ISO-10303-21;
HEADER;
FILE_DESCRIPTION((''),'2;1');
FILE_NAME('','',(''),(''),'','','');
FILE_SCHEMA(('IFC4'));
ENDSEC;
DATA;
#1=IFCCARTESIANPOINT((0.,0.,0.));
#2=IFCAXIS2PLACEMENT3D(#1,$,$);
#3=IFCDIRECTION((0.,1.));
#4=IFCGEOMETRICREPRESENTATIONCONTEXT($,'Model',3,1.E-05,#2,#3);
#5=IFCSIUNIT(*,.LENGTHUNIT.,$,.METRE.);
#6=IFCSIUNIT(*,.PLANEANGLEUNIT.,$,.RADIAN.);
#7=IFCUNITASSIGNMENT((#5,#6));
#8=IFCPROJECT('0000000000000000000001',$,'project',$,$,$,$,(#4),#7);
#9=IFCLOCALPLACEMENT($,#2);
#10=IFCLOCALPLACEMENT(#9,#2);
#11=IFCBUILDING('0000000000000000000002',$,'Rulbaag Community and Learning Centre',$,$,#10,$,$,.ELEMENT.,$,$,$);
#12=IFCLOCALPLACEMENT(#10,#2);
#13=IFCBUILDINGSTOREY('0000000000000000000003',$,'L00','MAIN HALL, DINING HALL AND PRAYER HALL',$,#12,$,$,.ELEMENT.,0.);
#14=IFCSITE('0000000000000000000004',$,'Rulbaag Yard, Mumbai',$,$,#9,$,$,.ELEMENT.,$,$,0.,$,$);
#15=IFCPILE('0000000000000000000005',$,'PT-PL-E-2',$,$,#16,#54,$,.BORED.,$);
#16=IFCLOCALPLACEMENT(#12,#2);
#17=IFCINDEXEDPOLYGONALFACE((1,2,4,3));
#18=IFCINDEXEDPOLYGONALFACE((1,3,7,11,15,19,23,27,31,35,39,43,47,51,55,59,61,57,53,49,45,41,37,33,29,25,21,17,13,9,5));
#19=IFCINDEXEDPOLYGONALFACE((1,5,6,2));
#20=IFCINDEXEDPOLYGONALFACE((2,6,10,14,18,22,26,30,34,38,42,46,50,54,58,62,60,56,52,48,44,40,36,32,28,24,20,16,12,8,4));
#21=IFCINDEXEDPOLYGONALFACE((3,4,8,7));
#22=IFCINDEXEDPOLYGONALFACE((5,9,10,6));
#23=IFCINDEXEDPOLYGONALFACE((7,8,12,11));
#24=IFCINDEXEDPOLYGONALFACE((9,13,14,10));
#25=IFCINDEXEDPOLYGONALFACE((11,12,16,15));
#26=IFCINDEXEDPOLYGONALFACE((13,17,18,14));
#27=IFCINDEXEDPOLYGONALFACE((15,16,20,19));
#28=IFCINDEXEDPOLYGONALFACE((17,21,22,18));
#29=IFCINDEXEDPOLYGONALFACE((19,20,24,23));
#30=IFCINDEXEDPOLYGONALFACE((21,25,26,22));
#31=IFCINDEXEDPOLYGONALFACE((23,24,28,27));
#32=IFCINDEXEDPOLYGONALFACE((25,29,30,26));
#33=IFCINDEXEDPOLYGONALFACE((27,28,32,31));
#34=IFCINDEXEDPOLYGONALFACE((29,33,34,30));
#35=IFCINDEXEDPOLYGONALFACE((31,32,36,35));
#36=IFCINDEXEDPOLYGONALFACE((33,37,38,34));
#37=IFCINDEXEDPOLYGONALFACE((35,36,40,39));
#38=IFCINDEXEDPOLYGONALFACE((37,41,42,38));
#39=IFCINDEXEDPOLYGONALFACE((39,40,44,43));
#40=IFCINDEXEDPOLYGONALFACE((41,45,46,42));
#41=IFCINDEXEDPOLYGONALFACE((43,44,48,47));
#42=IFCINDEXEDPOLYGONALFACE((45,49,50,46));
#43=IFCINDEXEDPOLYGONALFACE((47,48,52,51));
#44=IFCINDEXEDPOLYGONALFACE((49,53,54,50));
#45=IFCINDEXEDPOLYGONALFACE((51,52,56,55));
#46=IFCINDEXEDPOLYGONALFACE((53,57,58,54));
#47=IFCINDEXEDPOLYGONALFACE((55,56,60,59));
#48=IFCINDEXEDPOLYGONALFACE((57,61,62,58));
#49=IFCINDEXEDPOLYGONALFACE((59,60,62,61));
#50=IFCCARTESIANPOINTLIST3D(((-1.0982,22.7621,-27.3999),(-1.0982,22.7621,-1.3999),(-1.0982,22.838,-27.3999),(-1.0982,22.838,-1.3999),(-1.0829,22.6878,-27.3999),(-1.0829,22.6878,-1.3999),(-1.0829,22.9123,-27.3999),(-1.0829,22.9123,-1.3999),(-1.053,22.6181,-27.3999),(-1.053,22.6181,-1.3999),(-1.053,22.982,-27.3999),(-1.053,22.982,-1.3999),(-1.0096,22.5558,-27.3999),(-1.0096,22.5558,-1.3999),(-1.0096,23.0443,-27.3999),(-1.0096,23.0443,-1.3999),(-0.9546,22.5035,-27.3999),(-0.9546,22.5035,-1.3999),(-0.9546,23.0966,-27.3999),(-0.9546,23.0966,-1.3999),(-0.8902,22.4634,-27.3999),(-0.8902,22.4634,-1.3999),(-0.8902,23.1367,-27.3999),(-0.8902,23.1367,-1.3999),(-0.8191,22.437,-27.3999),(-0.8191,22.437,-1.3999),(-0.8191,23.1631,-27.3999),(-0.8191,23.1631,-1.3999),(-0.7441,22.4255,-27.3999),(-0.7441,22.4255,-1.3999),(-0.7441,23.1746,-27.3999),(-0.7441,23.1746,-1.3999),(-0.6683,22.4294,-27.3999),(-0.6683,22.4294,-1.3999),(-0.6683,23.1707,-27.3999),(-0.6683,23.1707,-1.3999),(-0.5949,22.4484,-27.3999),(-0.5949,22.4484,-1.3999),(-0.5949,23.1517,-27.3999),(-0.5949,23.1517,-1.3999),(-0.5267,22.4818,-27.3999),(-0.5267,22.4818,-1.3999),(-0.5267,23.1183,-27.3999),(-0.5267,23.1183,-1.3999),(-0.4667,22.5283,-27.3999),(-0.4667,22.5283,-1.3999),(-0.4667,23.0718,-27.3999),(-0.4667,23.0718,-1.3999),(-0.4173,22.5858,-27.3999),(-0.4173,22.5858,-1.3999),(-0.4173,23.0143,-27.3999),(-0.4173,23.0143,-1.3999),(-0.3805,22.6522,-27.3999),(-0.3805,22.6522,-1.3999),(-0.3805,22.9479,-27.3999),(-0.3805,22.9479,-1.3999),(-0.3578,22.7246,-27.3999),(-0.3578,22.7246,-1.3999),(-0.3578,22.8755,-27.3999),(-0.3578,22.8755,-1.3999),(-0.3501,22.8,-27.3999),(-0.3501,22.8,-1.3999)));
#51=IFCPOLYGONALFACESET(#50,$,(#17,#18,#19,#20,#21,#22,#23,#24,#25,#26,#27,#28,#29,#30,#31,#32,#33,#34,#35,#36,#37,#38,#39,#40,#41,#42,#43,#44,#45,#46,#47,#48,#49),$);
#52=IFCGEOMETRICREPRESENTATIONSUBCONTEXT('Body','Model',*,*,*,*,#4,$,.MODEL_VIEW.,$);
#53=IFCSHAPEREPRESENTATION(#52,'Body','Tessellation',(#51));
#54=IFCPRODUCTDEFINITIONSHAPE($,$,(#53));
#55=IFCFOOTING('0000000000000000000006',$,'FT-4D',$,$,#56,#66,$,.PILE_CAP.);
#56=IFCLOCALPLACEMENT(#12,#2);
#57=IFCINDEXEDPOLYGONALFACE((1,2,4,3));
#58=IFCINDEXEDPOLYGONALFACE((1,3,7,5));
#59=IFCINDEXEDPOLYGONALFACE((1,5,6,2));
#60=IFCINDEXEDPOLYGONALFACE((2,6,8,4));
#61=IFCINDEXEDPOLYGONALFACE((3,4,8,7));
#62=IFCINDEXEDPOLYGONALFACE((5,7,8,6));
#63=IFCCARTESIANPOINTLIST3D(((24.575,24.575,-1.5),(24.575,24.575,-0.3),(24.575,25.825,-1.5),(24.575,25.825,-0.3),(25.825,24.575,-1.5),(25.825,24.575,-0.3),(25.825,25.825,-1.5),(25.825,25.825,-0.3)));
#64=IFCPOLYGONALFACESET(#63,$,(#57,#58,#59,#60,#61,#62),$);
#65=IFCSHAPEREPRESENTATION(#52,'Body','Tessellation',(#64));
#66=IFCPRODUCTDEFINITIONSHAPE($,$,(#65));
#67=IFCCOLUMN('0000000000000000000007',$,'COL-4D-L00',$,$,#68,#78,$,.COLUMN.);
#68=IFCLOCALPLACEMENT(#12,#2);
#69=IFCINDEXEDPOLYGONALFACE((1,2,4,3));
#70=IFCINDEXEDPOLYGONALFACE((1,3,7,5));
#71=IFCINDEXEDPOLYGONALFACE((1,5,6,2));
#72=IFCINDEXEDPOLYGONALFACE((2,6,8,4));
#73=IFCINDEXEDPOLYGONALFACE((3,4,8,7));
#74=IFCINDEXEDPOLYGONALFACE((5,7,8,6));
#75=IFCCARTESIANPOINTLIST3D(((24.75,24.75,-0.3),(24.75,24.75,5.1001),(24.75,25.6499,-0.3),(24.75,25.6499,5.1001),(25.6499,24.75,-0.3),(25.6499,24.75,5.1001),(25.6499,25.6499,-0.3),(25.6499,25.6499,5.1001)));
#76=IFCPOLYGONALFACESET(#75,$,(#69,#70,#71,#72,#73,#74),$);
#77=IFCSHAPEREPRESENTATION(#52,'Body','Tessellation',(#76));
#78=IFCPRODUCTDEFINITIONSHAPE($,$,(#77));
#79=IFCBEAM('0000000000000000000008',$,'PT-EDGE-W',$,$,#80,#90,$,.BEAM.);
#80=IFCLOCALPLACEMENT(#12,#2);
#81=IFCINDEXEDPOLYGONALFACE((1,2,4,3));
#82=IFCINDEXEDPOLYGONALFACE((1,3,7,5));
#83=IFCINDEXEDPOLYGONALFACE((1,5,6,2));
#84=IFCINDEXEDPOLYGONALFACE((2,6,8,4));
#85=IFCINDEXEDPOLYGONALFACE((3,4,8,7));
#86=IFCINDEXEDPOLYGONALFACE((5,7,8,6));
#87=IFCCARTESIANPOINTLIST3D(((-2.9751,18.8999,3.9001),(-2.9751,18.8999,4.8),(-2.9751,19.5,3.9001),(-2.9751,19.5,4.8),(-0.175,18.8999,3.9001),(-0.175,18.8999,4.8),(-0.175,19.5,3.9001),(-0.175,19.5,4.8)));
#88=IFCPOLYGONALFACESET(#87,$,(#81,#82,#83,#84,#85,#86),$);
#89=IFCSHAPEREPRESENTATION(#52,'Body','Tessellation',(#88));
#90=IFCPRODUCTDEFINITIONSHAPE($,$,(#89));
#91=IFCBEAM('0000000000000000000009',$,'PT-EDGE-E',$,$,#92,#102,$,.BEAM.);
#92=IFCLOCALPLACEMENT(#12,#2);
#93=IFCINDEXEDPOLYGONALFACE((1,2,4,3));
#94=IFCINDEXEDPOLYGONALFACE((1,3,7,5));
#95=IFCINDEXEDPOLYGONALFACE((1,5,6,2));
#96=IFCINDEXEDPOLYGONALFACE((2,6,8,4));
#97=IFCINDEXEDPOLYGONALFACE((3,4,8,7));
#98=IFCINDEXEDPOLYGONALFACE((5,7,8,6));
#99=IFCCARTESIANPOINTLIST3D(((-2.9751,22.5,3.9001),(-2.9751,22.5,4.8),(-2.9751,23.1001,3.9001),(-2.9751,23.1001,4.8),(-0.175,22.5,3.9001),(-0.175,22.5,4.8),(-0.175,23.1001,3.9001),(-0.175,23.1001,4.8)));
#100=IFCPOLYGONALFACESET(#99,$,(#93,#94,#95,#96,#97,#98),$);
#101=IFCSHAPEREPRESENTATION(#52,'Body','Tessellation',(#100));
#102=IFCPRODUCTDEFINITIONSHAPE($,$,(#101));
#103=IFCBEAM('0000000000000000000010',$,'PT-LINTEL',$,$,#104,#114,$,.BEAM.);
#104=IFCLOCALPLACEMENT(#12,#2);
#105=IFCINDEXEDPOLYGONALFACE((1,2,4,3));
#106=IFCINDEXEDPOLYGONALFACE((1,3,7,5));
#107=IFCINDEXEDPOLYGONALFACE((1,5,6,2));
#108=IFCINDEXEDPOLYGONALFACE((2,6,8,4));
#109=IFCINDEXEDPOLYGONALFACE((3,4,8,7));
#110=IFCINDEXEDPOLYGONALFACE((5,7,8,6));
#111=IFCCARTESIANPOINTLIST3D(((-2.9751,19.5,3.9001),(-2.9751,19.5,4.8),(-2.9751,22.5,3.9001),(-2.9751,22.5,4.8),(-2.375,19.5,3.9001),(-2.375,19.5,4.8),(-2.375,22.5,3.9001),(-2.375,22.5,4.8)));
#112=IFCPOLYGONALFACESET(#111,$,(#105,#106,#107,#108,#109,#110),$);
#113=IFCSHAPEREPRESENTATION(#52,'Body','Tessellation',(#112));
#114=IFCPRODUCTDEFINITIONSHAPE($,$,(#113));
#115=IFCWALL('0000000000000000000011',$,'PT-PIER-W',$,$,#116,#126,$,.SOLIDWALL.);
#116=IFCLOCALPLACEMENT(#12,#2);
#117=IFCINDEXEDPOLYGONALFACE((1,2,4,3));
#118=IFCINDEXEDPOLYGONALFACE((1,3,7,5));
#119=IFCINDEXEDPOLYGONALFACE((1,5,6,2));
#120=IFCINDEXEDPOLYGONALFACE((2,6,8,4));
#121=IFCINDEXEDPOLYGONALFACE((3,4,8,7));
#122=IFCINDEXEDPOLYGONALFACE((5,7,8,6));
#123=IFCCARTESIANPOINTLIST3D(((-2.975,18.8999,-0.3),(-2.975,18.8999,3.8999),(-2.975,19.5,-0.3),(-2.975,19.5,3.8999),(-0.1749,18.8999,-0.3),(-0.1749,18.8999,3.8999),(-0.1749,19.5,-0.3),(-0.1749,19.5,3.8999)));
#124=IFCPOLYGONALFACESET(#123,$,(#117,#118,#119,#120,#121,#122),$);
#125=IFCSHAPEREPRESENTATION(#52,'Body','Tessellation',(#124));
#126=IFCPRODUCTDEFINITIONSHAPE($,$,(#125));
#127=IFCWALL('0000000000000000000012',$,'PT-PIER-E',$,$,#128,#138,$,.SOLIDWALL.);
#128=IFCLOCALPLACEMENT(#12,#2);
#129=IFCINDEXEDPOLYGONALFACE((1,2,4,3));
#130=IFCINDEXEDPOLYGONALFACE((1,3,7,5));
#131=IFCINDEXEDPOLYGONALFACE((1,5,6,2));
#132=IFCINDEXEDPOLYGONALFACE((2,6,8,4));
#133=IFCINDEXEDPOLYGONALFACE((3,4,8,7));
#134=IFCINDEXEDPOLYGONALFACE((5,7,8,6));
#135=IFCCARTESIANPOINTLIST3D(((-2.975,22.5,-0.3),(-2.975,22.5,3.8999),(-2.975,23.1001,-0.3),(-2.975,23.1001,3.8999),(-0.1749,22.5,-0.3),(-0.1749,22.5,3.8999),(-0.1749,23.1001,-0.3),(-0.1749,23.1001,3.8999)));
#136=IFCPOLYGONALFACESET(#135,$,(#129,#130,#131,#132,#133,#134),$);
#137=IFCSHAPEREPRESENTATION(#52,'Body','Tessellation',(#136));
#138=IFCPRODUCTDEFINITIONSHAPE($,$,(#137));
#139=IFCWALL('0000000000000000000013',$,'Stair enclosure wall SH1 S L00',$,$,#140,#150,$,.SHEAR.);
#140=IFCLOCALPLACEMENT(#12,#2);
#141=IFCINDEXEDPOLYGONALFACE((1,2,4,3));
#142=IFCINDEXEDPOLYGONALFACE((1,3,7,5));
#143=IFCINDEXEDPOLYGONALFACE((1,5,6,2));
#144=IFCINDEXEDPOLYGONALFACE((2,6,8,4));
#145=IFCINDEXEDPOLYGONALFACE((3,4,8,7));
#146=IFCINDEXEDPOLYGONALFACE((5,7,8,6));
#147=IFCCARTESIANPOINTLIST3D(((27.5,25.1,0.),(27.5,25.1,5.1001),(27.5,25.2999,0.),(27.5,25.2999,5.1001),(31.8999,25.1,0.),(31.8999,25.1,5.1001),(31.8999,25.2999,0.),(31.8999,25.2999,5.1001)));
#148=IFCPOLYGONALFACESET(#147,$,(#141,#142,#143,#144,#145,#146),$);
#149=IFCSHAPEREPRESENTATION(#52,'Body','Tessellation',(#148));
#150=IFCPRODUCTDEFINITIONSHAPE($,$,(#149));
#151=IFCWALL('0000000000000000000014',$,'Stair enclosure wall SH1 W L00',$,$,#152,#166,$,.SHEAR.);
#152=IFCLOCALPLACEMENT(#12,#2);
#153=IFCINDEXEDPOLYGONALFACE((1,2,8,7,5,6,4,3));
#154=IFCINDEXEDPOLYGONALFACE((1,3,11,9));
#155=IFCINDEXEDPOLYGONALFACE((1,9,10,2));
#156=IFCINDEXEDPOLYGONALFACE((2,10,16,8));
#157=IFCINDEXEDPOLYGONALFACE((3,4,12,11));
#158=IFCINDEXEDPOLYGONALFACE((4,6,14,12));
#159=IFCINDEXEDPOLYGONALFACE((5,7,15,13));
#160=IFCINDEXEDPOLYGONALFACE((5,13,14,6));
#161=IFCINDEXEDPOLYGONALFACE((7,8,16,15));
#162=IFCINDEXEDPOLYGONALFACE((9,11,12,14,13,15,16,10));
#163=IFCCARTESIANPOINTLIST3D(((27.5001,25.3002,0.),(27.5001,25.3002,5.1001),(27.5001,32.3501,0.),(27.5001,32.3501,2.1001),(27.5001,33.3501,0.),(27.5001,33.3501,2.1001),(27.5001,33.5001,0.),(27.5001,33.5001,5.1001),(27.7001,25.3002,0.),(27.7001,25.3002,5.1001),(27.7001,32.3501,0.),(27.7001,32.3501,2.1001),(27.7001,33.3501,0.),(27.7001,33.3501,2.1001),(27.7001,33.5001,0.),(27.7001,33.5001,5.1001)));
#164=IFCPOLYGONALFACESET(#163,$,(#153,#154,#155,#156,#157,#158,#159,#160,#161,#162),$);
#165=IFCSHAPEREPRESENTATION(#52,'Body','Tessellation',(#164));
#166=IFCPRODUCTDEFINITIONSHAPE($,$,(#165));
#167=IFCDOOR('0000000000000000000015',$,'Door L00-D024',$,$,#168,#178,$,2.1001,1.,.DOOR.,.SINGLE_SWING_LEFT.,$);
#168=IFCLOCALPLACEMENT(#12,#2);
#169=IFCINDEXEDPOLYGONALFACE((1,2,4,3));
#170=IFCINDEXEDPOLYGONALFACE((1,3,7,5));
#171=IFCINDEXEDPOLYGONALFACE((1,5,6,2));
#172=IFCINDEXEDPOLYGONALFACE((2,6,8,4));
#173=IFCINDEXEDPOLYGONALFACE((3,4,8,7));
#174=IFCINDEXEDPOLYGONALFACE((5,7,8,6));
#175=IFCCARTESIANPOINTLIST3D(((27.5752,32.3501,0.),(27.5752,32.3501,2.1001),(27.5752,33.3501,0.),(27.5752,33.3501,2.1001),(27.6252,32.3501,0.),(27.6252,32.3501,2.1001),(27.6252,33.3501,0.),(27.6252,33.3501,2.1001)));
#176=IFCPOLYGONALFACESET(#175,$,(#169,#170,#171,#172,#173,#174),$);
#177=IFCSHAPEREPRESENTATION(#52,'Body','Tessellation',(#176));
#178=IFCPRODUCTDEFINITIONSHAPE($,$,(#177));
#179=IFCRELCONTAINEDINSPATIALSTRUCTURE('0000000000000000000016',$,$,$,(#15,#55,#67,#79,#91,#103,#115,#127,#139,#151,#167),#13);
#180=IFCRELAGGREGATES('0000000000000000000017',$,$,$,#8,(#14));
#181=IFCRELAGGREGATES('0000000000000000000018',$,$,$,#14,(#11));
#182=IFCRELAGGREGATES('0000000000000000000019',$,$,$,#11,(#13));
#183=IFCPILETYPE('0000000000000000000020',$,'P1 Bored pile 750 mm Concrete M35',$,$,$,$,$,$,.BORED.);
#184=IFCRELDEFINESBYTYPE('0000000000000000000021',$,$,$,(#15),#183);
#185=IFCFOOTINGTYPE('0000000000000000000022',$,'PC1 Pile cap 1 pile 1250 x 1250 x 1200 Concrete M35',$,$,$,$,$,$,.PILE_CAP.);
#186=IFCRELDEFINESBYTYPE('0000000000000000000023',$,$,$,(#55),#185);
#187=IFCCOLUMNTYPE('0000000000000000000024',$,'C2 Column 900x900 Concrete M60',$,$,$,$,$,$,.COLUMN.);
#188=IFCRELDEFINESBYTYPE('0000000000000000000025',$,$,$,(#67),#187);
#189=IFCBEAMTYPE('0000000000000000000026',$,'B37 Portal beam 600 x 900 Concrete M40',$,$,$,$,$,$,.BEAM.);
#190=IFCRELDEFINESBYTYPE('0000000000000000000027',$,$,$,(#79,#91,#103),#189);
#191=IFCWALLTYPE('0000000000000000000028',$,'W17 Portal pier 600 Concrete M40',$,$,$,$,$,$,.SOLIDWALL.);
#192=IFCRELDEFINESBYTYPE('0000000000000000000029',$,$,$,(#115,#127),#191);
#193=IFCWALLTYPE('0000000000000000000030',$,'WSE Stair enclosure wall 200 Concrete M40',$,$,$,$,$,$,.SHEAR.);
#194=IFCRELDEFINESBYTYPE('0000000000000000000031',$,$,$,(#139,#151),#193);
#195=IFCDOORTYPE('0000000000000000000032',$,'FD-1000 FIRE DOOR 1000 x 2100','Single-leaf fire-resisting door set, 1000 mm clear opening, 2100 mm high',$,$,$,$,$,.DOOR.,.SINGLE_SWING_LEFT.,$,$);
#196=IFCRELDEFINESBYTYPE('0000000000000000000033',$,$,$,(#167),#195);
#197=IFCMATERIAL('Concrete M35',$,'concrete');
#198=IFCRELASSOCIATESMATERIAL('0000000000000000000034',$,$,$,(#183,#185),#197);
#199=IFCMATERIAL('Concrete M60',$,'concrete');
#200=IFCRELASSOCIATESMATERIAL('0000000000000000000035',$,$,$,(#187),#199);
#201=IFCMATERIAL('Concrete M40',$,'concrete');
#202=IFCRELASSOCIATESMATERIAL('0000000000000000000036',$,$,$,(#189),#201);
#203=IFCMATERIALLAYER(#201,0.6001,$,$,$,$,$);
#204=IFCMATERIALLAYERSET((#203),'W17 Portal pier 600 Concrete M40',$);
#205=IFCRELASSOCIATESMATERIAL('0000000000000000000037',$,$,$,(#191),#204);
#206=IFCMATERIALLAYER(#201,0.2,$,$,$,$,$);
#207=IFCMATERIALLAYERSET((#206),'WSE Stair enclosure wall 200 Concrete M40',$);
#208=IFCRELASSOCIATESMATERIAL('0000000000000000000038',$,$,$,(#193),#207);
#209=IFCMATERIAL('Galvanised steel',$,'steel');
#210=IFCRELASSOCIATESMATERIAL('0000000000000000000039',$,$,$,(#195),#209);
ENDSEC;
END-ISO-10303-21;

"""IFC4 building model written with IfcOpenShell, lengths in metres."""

from ifc_helpers import new_model, si_unit, direction, frame, frame_2d, origin, origin_2d, place, context, subcontext, project, spatial, rectangle, circle, extrude, material, layer, layer_set, material_profile, profile_set, type_object, element, fill, save


model = new_model("IFC4")

# Units and contexts
model_context = context("Model", 3, precision=1e-05, world=origin(), true_north=direction((0.0, 1.0)))
body_context = subcontext(model_context, "Body", "Model", "MODEL_VIEW")
ifc_project = project(units=[si_unit("LENGTHUNIT", "METRE"), si_unit("PLANEANGLEUNIT", "RADIAN")], contexts=[model_context])

# Site, building, storey
site_placement = place(None, origin())
site = spatial("IfcSite", under=ifc_project, at=site_placement, Name="Rulbaag Yard, Mumbai", CompositionType="ELEMENT", RefElevation=0.0)
building_placement = place(site_placement, origin())
building = spatial("IfcBuilding", under=site, at=building_placement, Name="Rulbaag Community and Learning Centre", CompositionType="ELEMENT")
storey_placement = place(building_placement, origin())
storey = spatial("IfcBuildingStorey", under=building, at=storey_placement, Name="L00", Description="MAIN HALL, DINING HALL AND PRAYER HALL", CompositionType="ELEMENT", Elevation=0.0)

# Shared definitions
ifc_material_1 = material(Name="Concrete M35", Category="concrete")

# Pile
ifc_material_profile_1 = material_profile(ifc_material_1, circle(Radius=0.375, at=origin_2d()), Name="BP750")
ifc_profile_set_1 = profile_set([ifc_material_profile_1], Name="Concrete M35")
pile_type = type_object("IfcPileType", Name="P1 Bored pile 750 mm Concrete M35", PredefinedType="BORED", material=ifc_profile_set_1)
for number, where, z_axis, x_axis, name in (
    (1, (-0.7251, 22.8, -1.3999), (0.0, 0.0, -1.0), (1.0, 0.0, 0.0), "PT-PL-E-2"),
):
    element("IfcPile", number, at=place(storey_placement, frame(where, z_axis=z_axis, x_axis=x_axis)), inside=storey, type_object=pile_type, Name=name, PredefinedType="BORED", context=body_context, shape_type="SweptSolid", body=[
        extrude(circle(Radius=0.375, at=origin_2d()), origin(), (0.0, 0.0, 1.0), 26.0),
    ])

# Footing
footing_type_1 = type_object("IfcFootingType", Name="PC1 Pile cap 1 pile 1250 x 1250 x 1200 Concrete M35", PredefinedType="PILE_CAP", material=ifc_material_1)
footing_placement = place(storey_placement, frame((25.2, 25.2, -1.5), z_axis=(0.0, 0.0, 1.0), x_axis=(1.0, 0.0, 0.0)))
element("IfcFooting", 2, at=footing_placement, inside=storey, type_object=footing_type_1, Name="FT-4D", PredefinedType="PILE_CAP", context=body_context, shape_type="SweptSolid", body=[
    extrude(rectangle(XDim=1.25, YDim=1.25, at=origin_2d()), origin(), (0.0, 0.0, 1.0), 1.2),
])

# Column
ifc_material_2 = material(Name="Concrete M60", Category="concrete")
ifc_material_profile_2 = material_profile(ifc_material_2, rectangle(XDim=0.8999, YDim=0.8999, at=origin_2d()), Name="RC900x900")
ifc_profile_set_2 = profile_set([ifc_material_profile_2], Name="Concrete M60")
column_type = type_object("IfcColumnType", Name="C2 Column 900x900 Concrete M60", PredefinedType="COLUMN", material=ifc_profile_set_2)
column_placement = place(storey_placement, frame((25.2, 25.2, -0.3), z_axis=(0.0, 0.0, 1.0), x_axis=(1.0, 0.0, 0.0)))
element("IfcColumn", 3, at=column_placement, inside=storey, type_object=column_type, Name="COL-4D-L00", PredefinedType="COLUMN", context=body_context, shape_type="SweptSolid", body=[
    extrude(rectangle(XDim=0.8999, YDim=0.8999, at=origin_2d()), origin(), (0.0, 0.0, 1.0), 5.4001),
])

# Beams
ifc_material_3 = material(Name="Concrete M40", Category="concrete")
ifc_material_profile_3 = material_profile(ifc_material_3, rectangle(XDim=0.6001, YDim=0.8999, at=origin_2d()), Name="RB600x900")
ifc_profile_set_3 = profile_set([ifc_material_profile_3], Name="Concrete M40")
beam_type = type_object("IfcBeamType", Name="B37 Portal beam 600 x 900 Concrete M40", PredefinedType="BEAM", material=ifc_profile_set_3)
for number, where, z_axis, x_axis, name in (
    (4, (-0.175, 19.2, 4.3501), (-1.0, 0.0, 0.0), (0.0, -1.0, 0.0), "PT-EDGE-W"),
    (5, (-0.175, 22.8, 4.3501), (-1.0, 0.0, 0.0), (0.0, -1.0, 0.0), "PT-EDGE-E"),
):
    element("IfcBeam", number, at=place(storey_placement, frame(where, z_axis=z_axis, x_axis=x_axis)), inside=storey, type_object=beam_type, Name=name, PredefinedType="BEAM", context=body_context, shape_type="SweptSolid", body=[
        extrude(rectangle(XDim=0.6001, YDim=0.8999, at=origin_2d()), origin(), (0.0, 0.0, 1.0), 2.8),
    ])
beam_placement = place(storey_placement, frame((-2.675, 19.5, 4.3501), z_axis=(0.0, 1.0, 0.0), x_axis=(-1.0, 0.0, 0.0)))
element("IfcBeam", 6, at=beam_placement, inside=storey, type_object=beam_type, Name="PT-LINTEL", PredefinedType="BEAM", context=body_context, shape_type="SweptSolid", body=[
    extrude(rectangle(XDim=0.6001, YDim=0.8999, at=origin_2d()), origin(), (0.0, 0.0, 1.0), 3.0),
])

# Walls
ifc_layer_1 = layer(ifc_material_3, 0.6001)
ifc_layer_set_1 = layer_set([ifc_layer_1], Name="W17 Portal pier 600 Concrete M40")
wall_type_1 = type_object("IfcWallType", Name="W17 Portal pier 600 Concrete M40", PredefinedType="SOLIDWALL", material=ifc_layer_set_1)
for number, where, z_axis, x_axis, name in (
    (7, (-0.175, 19.2, -0.3), (0.0, 0.0, 1.0), (-1.0, 0.0, 0.0), "PT-PIER-W"),
    (8, (-0.175, 22.8, -0.3), (0.0, 0.0, 1.0), (-1.0, 0.0, 0.0), "PT-PIER-E"),
):
    element("IfcWall", number, at=place(storey_placement, frame(where, z_axis=z_axis, x_axis=x_axis)), inside=storey, type_object=wall_type_1, Name=name, PredefinedType="SOLIDWALL", context=body_context, shape_type="SweptSolid", body=[
        extrude(rectangle(XDim=2.8, YDim=0.6001, at=frame_2d((1.3999, 0.0))), origin(), (0.0, 0.0, 1.0), 4.2),
    ])
ifc_layer_2 = layer(ifc_material_3, 0.2)
ifc_layer_set_2 = layer_set([ifc_layer_2], Name="WSE Stair enclosure wall 200 Concrete M40")
wall_type_2 = type_object("IfcWallType", Name="WSE Stair enclosure wall 200 Concrete M40", PredefinedType="SHEAR", material=ifc_layer_set_2)
wall_1_placement = place(storey_placement, frame((27.5, 25.2, 0.0), z_axis=(0.0, 0.0, 1.0), x_axis=(1.0, 0.0, 0.0)))
element("IfcWall", 9, at=wall_1_placement, inside=storey, type_object=wall_type_2, Name="Stair enclosure wall SH1 S L00", PredefinedType="SHEAR", context=body_context, shape_type="SweptSolid", body=[
    extrude(rectangle(XDim=4.3999, YDim=0.2, at=frame_2d((2.2, 0.0))), origin(), (0.0, 0.0, 1.0), 5.1001),
])

# Wall, opening, door
wall_2_placement = place(storey_placement, frame((27.6001, 25.3, 0.0), z_axis=(0.0, 0.0, 1.0), x_axis=(0.0, 1.0, 0.0)))
wall_2 = element("IfcWall", 10, at=wall_2_placement, inside=storey, type_object=wall_type_2, Name="Stair enclosure wall SH1 W L00", PredefinedType="SHEAR", context=body_context, shape_type="SweptSolid", body=[
    extrude(rectangle(XDim=8.2, YDim=0.2, at=frame_2d((4.1001, 0.0))), origin(), (0.0, 0.0, 1.0), 5.1001),
])
opening_placement = place(wall_2_placement, frame((7.05, 0.0, 0.0)))
opening = element("IfcOpeningElement", 11, at=opening_placement, cuts=wall_2, PredefinedType="OPENING", context=body_context, shape_type="SweptSolid", body=[
    extrude(rectangle(XDim=1.0, YDim=2.1001, at=frame_2d((0.5, 1.05))), frame((0.0, 0.1099, 0.0), z_axis=(0.0, -1.0, 0.0), x_axis=(1.0, 0.0, 0.0)), (0.0, 0.0, 1.0), 0.22),
])
ifc_material_4 = material(Name="Galvanised steel", Category="steel")
door_type = type_object("IfcDoorType", Name="FD-1000 FIRE DOOR 1000 x 2100", Description="Single-leaf fire-resisting door set, 1000 mm clear opening, 2100 mm high", OperationType="SINGLE_SWING_LEFT", PredefinedType="DOOR", material=ifc_material_4)
door_placement = place(opening_placement, origin())
door = element("IfcDoor", 12, at=door_placement, inside=storey, type_object=door_type, Name="Door L00-D024", OperationType="SINGLE_SWING_LEFT", OverallHeight=2.1001, OverallWidth=1.0, PredefinedType="DOOR", context=body_context, shape_type="SweptSolid", body=[
    extrude(rectangle(XDim=1.0, YDim=2.1001, at=frame_2d((0.5, 1.05))), frame((0.0, 0.0249, 0.0), z_axis=(0.0, -1.0, 0.0), x_axis=(1.0, 0.0, 0.0)), (0.0, 0.0, 1.0), 0.05),
])
fill(opening, door)

save(model, "model.ifc")
